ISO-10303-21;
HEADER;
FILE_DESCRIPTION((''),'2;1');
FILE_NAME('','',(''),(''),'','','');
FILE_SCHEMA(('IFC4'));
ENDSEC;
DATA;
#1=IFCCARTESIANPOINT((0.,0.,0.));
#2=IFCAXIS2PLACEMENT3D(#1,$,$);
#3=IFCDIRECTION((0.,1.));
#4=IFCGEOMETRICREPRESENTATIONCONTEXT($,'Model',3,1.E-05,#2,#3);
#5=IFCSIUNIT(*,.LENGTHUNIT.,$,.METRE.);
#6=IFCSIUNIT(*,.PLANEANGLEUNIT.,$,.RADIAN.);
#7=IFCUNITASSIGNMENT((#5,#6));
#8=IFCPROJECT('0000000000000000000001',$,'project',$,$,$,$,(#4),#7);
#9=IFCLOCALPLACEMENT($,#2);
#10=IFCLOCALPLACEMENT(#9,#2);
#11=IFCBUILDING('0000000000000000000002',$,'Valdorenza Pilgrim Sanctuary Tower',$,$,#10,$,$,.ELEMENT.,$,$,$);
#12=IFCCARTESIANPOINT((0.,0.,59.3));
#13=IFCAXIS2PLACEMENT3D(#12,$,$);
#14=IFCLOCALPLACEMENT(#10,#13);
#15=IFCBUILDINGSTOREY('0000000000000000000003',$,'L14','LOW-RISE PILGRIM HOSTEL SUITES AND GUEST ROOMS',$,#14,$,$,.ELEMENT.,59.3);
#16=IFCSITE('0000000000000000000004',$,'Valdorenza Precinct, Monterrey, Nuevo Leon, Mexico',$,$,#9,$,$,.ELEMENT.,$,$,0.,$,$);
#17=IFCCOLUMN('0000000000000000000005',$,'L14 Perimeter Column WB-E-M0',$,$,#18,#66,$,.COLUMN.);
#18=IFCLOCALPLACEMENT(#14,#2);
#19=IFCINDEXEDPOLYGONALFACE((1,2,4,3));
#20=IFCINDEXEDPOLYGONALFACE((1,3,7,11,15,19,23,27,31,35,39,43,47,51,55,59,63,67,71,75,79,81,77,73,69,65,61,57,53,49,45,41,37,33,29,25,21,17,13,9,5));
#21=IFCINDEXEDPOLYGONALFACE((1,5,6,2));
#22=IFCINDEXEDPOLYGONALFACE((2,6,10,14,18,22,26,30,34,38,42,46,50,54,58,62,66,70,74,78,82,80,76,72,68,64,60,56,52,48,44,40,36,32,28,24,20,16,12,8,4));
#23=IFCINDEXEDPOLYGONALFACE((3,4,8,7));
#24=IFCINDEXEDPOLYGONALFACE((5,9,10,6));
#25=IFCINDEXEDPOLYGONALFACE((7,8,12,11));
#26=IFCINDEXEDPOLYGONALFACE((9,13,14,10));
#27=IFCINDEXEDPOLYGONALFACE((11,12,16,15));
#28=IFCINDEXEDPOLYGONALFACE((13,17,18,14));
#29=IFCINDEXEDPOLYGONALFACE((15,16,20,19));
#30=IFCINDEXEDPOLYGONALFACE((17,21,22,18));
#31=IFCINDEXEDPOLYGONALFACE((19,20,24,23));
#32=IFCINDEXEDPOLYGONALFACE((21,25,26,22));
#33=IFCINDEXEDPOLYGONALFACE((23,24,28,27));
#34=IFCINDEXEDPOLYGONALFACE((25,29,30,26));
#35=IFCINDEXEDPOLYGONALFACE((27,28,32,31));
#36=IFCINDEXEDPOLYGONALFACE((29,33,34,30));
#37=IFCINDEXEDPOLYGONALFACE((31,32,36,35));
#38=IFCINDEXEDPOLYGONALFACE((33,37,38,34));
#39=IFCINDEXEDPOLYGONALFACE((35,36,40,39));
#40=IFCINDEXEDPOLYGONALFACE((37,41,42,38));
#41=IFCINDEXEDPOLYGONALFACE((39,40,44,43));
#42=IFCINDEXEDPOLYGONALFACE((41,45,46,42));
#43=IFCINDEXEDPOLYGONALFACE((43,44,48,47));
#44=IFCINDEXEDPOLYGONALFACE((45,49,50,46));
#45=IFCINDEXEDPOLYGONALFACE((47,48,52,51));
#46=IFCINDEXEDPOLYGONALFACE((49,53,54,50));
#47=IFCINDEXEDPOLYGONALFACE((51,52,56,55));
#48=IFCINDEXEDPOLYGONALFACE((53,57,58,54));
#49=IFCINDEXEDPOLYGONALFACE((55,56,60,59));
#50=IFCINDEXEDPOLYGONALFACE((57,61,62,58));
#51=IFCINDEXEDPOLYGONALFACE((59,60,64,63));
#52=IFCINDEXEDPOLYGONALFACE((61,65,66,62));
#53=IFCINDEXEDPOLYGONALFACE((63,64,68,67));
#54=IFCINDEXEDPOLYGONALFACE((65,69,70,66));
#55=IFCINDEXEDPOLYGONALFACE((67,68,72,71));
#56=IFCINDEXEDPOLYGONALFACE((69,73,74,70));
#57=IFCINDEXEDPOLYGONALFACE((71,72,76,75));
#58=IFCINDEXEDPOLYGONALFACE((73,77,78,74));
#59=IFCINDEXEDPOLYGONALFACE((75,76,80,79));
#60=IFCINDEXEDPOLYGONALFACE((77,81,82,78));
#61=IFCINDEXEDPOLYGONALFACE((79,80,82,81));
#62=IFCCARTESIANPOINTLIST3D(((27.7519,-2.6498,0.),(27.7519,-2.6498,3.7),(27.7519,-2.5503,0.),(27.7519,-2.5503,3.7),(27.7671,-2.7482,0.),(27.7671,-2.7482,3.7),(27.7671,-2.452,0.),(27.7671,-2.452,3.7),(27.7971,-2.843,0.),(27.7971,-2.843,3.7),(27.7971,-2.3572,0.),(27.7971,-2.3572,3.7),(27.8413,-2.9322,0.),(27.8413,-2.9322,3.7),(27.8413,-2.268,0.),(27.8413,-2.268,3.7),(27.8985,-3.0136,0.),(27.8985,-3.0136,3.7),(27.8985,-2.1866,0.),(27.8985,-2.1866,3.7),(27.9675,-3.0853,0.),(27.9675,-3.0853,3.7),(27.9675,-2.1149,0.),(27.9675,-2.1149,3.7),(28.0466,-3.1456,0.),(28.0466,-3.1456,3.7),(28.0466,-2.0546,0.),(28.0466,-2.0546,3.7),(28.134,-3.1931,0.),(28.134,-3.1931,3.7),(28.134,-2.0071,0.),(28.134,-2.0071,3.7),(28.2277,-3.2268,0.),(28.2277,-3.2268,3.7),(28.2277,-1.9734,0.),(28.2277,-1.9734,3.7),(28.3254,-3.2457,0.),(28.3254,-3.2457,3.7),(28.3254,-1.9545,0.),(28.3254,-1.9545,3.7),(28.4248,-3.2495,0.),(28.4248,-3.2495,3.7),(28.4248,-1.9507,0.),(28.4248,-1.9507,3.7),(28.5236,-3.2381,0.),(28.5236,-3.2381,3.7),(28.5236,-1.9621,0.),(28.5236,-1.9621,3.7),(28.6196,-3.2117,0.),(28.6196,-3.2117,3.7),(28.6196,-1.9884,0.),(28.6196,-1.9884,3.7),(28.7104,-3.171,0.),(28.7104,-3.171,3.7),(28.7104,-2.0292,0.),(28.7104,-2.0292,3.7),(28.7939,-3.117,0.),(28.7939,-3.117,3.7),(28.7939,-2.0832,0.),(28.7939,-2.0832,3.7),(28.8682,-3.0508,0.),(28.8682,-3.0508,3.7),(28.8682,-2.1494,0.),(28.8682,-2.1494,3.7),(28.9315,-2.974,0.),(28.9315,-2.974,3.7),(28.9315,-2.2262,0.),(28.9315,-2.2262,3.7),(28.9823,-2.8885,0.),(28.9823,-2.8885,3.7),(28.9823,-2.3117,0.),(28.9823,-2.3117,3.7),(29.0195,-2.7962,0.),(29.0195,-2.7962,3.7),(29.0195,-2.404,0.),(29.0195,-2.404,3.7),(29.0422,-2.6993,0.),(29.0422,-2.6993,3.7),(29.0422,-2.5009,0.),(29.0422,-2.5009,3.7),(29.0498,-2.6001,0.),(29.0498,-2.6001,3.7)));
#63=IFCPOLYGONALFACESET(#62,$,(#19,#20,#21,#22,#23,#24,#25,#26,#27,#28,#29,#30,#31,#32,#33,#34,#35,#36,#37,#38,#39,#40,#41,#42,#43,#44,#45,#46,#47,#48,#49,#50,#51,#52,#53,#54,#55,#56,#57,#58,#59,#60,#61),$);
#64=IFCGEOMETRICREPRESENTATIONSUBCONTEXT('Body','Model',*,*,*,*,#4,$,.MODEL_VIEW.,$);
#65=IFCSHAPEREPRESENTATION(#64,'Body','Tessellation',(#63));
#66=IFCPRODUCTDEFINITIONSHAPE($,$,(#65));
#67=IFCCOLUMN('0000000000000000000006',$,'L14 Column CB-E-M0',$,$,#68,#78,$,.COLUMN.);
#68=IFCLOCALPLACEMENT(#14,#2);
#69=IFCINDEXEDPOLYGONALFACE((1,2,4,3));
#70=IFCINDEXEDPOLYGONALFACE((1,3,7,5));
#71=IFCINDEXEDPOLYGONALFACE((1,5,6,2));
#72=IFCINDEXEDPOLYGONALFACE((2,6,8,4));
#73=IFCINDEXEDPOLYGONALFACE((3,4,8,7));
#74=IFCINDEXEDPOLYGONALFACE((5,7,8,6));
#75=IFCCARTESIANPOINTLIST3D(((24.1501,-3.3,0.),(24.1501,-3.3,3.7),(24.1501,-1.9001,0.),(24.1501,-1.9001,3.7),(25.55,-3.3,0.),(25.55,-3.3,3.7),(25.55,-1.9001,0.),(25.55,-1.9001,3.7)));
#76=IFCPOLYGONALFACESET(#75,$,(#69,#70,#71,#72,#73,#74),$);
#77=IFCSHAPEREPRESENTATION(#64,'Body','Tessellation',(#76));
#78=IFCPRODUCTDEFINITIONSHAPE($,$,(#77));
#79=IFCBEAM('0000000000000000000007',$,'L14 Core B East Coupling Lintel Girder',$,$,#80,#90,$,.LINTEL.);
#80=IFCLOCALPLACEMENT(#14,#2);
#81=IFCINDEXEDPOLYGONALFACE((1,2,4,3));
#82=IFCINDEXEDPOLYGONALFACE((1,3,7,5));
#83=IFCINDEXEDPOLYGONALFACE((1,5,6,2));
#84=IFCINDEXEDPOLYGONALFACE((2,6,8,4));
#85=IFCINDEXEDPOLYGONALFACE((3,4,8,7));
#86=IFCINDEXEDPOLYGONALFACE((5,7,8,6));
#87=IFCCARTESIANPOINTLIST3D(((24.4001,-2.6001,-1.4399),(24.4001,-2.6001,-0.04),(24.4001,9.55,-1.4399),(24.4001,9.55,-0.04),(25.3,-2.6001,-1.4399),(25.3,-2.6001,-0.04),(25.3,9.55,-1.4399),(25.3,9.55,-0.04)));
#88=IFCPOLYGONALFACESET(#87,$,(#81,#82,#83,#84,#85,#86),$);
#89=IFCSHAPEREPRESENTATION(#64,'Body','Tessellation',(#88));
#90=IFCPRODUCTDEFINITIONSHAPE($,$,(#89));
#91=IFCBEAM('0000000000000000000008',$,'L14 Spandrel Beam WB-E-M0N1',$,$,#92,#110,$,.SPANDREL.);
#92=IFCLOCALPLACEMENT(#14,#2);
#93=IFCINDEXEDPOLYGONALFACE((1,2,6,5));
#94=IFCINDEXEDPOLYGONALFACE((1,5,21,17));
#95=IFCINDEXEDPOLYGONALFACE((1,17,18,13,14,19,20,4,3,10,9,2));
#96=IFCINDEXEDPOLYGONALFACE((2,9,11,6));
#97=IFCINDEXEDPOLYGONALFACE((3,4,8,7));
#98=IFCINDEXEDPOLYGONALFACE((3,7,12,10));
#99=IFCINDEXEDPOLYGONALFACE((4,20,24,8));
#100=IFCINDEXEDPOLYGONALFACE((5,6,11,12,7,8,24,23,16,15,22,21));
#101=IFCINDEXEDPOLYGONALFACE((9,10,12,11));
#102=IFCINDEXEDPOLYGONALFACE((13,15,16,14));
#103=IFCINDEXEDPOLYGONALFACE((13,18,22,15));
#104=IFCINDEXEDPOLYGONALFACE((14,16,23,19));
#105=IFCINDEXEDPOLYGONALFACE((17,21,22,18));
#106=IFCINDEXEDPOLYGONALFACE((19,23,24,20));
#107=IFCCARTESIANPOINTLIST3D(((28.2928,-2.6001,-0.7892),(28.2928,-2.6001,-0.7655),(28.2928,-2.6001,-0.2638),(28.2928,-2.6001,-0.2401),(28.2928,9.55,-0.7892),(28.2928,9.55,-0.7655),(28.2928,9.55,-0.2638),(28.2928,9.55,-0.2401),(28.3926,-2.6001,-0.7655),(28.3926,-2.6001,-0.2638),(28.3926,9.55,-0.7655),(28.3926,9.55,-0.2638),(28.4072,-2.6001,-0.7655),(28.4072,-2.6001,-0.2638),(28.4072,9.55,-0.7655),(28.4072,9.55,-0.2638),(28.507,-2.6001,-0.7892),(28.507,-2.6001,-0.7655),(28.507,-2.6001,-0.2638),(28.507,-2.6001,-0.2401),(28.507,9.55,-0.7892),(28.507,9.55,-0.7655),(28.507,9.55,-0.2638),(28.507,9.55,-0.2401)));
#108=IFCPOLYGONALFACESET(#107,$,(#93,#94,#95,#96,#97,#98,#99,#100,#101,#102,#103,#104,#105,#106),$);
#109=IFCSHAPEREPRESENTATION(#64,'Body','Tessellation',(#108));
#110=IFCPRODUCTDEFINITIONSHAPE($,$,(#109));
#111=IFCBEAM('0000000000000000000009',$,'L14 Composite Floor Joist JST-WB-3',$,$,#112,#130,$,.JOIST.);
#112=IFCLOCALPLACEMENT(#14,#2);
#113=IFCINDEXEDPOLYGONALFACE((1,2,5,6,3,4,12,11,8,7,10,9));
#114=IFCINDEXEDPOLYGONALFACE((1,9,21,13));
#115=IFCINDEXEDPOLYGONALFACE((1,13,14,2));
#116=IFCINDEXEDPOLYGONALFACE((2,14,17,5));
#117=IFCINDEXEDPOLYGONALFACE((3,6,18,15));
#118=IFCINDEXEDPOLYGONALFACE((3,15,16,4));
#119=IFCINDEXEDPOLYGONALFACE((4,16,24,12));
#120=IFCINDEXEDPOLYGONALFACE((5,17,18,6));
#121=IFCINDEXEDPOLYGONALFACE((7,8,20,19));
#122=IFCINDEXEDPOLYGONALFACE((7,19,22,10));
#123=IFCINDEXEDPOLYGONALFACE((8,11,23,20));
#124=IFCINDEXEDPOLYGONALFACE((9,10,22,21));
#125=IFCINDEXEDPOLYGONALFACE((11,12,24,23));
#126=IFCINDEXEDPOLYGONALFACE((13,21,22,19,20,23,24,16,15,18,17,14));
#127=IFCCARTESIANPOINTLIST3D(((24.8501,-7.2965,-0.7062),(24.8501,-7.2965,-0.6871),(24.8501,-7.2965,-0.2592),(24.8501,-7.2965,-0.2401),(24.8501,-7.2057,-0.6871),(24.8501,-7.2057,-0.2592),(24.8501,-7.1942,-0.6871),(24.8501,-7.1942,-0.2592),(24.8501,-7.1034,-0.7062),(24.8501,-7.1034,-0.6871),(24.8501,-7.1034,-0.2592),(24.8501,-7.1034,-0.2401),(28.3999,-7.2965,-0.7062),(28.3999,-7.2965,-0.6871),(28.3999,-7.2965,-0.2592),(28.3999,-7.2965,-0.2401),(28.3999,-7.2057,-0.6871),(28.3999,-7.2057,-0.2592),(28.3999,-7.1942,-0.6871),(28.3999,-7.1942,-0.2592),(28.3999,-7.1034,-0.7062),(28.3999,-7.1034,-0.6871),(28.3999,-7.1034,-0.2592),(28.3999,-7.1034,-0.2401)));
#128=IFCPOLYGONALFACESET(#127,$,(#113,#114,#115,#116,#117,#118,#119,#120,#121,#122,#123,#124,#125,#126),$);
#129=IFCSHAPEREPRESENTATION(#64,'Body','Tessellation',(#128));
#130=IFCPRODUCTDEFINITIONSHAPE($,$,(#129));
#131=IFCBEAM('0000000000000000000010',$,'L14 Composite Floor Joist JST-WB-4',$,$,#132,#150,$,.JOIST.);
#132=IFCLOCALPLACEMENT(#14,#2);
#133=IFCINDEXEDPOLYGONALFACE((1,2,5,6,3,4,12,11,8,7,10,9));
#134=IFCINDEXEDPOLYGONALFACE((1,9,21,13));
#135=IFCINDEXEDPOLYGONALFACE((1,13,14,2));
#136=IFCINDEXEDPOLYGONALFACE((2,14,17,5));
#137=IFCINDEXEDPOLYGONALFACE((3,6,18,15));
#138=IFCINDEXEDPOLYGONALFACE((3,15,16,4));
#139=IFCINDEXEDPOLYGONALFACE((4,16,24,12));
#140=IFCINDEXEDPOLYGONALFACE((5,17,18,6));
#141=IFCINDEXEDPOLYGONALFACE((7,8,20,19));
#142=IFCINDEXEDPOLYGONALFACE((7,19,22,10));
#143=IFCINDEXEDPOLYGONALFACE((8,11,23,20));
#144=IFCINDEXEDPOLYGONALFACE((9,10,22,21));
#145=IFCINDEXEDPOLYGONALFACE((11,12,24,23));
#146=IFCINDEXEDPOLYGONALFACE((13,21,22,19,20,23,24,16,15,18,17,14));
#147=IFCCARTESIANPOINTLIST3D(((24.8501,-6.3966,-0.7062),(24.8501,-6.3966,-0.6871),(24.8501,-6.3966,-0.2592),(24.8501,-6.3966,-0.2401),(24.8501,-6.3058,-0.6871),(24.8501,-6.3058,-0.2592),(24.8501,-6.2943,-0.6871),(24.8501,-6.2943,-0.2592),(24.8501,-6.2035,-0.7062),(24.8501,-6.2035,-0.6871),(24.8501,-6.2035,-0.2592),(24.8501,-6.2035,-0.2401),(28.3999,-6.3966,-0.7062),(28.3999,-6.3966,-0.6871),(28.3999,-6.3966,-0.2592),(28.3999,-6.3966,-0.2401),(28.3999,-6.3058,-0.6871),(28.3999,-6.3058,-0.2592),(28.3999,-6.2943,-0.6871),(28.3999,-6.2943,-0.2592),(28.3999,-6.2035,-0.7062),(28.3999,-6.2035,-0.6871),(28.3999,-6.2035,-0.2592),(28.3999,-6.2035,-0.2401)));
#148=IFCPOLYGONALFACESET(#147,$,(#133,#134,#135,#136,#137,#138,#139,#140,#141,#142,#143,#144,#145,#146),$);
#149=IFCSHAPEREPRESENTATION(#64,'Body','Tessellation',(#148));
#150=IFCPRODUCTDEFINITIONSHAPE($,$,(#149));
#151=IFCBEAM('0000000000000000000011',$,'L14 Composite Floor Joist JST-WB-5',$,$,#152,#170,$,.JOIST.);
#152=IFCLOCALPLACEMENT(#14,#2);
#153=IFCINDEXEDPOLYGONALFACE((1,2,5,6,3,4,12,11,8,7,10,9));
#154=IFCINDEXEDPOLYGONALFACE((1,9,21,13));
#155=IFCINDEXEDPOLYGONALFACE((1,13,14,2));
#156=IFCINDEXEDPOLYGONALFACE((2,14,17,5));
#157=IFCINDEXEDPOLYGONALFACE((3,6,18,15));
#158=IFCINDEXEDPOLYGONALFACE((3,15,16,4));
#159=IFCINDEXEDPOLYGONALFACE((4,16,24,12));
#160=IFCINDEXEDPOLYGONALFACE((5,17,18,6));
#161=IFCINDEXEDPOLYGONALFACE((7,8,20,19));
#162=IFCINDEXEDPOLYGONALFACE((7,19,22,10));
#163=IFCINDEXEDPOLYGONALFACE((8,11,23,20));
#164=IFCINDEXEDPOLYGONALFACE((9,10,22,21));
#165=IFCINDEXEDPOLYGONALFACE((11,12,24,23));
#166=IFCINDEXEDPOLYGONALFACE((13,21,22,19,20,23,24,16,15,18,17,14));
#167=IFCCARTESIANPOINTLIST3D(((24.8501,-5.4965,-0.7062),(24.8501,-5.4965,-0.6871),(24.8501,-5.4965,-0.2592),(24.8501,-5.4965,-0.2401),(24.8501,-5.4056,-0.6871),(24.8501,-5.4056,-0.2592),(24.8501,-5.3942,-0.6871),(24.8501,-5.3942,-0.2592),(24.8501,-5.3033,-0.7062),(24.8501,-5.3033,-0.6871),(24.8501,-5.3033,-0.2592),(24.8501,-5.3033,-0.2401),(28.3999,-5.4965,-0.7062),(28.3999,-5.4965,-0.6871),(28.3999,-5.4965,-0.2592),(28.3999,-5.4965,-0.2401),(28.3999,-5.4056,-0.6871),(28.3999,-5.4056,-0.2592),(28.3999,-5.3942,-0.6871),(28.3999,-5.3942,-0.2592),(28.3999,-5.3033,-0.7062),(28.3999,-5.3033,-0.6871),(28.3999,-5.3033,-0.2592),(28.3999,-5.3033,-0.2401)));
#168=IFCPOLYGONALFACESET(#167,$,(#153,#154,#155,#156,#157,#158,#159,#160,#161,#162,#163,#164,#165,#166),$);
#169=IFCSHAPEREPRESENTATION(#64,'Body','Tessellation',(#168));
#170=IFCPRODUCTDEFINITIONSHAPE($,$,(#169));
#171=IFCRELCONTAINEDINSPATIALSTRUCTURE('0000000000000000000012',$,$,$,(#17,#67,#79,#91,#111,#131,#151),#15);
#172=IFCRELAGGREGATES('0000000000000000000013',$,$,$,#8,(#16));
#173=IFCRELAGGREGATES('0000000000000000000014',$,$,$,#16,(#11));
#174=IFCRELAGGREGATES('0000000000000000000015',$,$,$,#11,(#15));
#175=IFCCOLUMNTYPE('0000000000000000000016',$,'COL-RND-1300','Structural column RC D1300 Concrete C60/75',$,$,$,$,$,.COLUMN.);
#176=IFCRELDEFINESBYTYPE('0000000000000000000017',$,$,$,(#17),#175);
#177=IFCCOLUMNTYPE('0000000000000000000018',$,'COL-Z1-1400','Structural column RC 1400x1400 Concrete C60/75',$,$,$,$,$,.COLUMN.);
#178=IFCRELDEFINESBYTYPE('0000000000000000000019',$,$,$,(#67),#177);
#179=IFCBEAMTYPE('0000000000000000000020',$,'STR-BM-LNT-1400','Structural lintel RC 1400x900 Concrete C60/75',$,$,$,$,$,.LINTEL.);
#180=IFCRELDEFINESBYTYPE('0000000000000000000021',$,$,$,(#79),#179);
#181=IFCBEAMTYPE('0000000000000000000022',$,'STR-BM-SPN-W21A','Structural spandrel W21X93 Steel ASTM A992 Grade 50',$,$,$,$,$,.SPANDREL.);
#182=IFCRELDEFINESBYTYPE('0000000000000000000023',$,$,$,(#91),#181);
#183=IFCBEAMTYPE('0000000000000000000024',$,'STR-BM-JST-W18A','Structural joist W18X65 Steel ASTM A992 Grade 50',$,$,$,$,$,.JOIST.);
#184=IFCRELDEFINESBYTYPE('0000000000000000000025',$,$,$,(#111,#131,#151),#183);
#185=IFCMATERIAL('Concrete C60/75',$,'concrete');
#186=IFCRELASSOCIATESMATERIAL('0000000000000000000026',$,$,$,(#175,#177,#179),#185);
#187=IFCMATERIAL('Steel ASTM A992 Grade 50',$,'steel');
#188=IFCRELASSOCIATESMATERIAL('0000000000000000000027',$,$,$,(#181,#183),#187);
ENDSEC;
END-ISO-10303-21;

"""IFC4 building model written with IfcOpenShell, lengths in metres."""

from ifc_helpers import new_model, si_unit, direction, frame, origin, origin_2d, place, context, subcontext, project, spatial, rectangle, circle, i_section, extrude, source, transform, mapped, material, material_profile, profile_set, type_object, element, save


model = new_model("IFC4")

# Units and contexts
model_context = context("Model", 3, precision=1e-05, world=origin(), true_north=direction((0.0, 1.0)))
body_context = subcontext(model_context, "Body", "Model", "MODEL_VIEW")
ifc_project = project(units=[si_unit("LENGTHUNIT", "METRE"), si_unit("PLANEANGLEUNIT", "RADIAN")], contexts=[model_context])

# Site, building, storey
site_placement = place(None, origin())
site = spatial("IfcSite", under=ifc_project, at=site_placement, Name="Valdorenza Precinct, Monterrey, Nuevo Leon, Mexico", CompositionType="ELEMENT", RefElevation=0.0)
building_placement = place(site_placement, origin())
building = spatial("IfcBuilding", under=site, at=building_placement, Name="Valdorenza Pilgrim Sanctuary Tower", CompositionType="ELEMENT")
storey_placement = place(building_placement, frame((0.0, 0.0, 59.3)))
storey = spatial("IfcBuildingStorey", under=building, at=storey_placement, Name="L14", Description="LOW-RISE PILGRIM HOSTEL SUITES AND GUEST ROOMS", CompositionType="ELEMENT", Elevation=59.3)

# Columns
ifc_material_1 = material(Name="Concrete C60/75", Category="concrete")
ifc_material_profile_1 = material_profile(ifc_material_1, circle(Radius=0.6499, at=origin_2d()), Name="RC D1300")
ifc_profile_set_1 = profile_set([ifc_material_profile_1], Name="Concrete C60/75")
column_type_1 = type_object("IfcColumnType", Name="COL-RND-1300", Description="Structural column RC D1300 Concrete C60/75", PredefinedType="COLUMN", material=ifc_profile_set_1)
shared_shape_1 = source(origin(), body_context, "Body", "SweptSolid", [
    extrude(circle(Radius=0.6499, at=origin_2d()), origin(), (0.0, 0.0, 1.0), 3.7),
])
column_1_placement = place(storey_placement, frame((28.3999, -2.6001, 0.0), z_axis=(0.0, 0.0, 1.0), x_axis=(1.0, 0.0, 0.0)))
element("IfcColumn", 1, at=column_1_placement, inside=storey, type_object=column_type_1, Name="L14 Perimeter Column WB-E-M0", PredefinedType="COLUMN", context=body_context, shape_type="MappedRepresentation", body=[
    mapped(shared_shape_1, transform((0.0, 0.0, 0.0), x_axis=(1.0, 0.0, 0.0), y_axis=(0.0, 1.0, 0.0), z_axis=(0.0, 0.0, 1.0), scale=1.0)),
])
ifc_material_profile_2 = material_profile(ifc_material_1, rectangle(XDim=1.3999, YDim=1.3999, at=origin_2d()), Name="RC 1400x1400")
ifc_profile_set_2 = profile_set([ifc_material_profile_2], Name="Concrete C60/75")
column_type_2 = type_object("IfcColumnType", Name="COL-Z1-1400", Description="Structural column RC 1400x1400 Concrete C60/75", PredefinedType="COLUMN", material=ifc_profile_set_2)
shared_shape_2 = source(origin(), body_context, "Body", "SweptSolid", [
    extrude(rectangle(XDim=1.3999, YDim=1.3999, at=origin_2d()), origin(), (0.0, 0.0, 1.0), 3.7),
])
column_2_placement = place(storey_placement, frame((24.8501, -2.6001, 0.0), z_axis=(0.0, 0.0, 1.0), x_axis=(1.0, 0.0, 0.0)))
element("IfcColumn", 2, at=column_2_placement, inside=storey, type_object=column_type_2, Name="L14 Column CB-E-M0", PredefinedType="COLUMN", context=body_context, shape_type="MappedRepresentation", body=[
    mapped(shared_shape_2, transform((0.0, 0.0, 0.0), x_axis=(1.0, 0.0, 0.0), y_axis=(0.0, 1.0, 0.0), z_axis=(0.0, 0.0, 1.0), scale=1.0)),
])

# Beams
ifc_material_profile_3 = material_profile(ifc_material_1, rectangle(XDim=0.8999, YDim=1.3999, at=origin_2d()), Name="RC 1400x900")
ifc_profile_set_3 = profile_set([ifc_material_profile_3], Name="Concrete C60/75")
beam_type_1 = type_object("IfcBeamType", Name="STR-BM-LNT-1400", Description="Structural lintel RC 1400x900 Concrete C60/75", PredefinedType="LINTEL", material=ifc_profile_set_3)
shared_shape_3 = source(origin(), body_context, "Body", "SweptSolid", [
    extrude(rectangle(XDim=0.8999, YDim=1.3999, at=origin_2d()), origin(), (0.0, 0.0, 1.0), 12.1501),
])
beam_1_placement = place(storey_placement, frame((24.8501, -2.6001, -0.74), z_axis=(0.0, 1.0, 0.0), x_axis=(-1.0, 0.0, 0.0)))
element("IfcBeam", 3, at=beam_1_placement, inside=storey, type_object=beam_type_1, Name="L14 Core B East Coupling Lintel Girder", PredefinedType="LINTEL", context=body_context, shape_type="MappedRepresentation", body=[
    mapped(shared_shape_3, transform((0.0, 0.0, 0.0), x_axis=(1.0, 0.0, 0.0), y_axis=(0.0, 1.0, 0.0), z_axis=(0.0, 0.0, 1.0), scale=1.0)),
])
ifc_material_2 = material(Name="Steel ASTM A992 Grade 50", Category="steel")
ifc_material_profile_4 = material_profile(ifc_material_2, i_section(OverallWidth=0.2141, OverallDepth=0.5491, WebThickness=0.0146, FlangeThickness=0.0237, at=origin_2d()), Name="W21X93")
ifc_profile_set_4 = profile_set([ifc_material_profile_4], Name="Steel ASTM A992 Grade 50")
beam_type_2 = type_object("IfcBeamType", Name="STR-BM-SPN-W21A", Description="Structural spandrel W21X93 Steel ASTM A992 Grade 50", PredefinedType="SPANDREL", material=ifc_profile_set_4)
shared_shape_4 = source(origin(), body_context, "Body", "SweptSolid", [
    extrude(i_section(OverallWidth=0.2141, OverallDepth=0.5491, WebThickness=0.0146, FlangeThickness=0.0237, at=origin_2d()), origin(), (0.0, 0.0, 1.0), 12.1501),
])
beam_2_placement = place(storey_placement, frame((28.3999, -2.6001, -0.5146), z_axis=(0.0, 1.0, 0.0), x_axis=(-1.0, 0.0, 0.0)))
element("IfcBeam", 4, at=beam_2_placement, inside=storey, type_object=beam_type_2, Name="L14 Spandrel Beam WB-E-M0N1", PredefinedType="SPANDREL", context=body_context, shape_type="MappedRepresentation", body=[
    mapped(shared_shape_4, transform((0.0, 0.0, 0.0), x_axis=(1.0, 0.0, 0.0), y_axis=(0.0, 1.0, 0.0), z_axis=(0.0, 0.0, 1.0), scale=1.0)),
])
ifc_material_profile_5 = material_profile(ifc_material_2, i_section(OverallWidth=0.1931, OverallDepth=0.4661, WebThickness=0.0115, FlangeThickness=0.019, at=origin_2d()), Name="W18X65")
ifc_profile_set_5 = profile_set([ifc_material_profile_5], Name="Steel ASTM A992 Grade 50")
beam_type_3 = type_object("IfcBeamType", Name="STR-BM-JST-W18A", Description="Structural joist W18X65 Steel ASTM A992 Grade 50", PredefinedType="JOIST", material=ifc_profile_set_5)
shared_shape_5 = source(origin(), body_context, "Body", "SweptSolid", [
    extrude(i_section(OverallWidth=0.1931, OverallDepth=0.4661, WebThickness=0.0115, FlangeThickness=0.019, at=origin_2d()), origin(), (0.0, 0.0, 1.0), 3.5498),
])
for number, where, z_axis, x_axis, name in (
    (5, (24.8501, -7.2, -0.4731), (1.0, 0.0, 0.0), (0.0, 1.0, 0.0), "L14 Composite Floor Joist JST-WB-3"),
    (6, (24.8501, -6.3, -0.4731), (1.0, 0.0, 0.0), (0.0, 1.0, 0.0), "L14 Composite Floor Joist JST-WB-4"),
    (7, (24.8501, -5.3999, -0.4731), (1.0, 0.0, 0.0), (0.0, 1.0, 0.0), "L14 Composite Floor Joist JST-WB-5"),
):
    element("IfcBeam", number, at=place(storey_placement, frame(where, z_axis=z_axis, x_axis=x_axis)), inside=storey, type_object=beam_type_3, Name=name, PredefinedType="JOIST", context=body_context, shape_type="MappedRepresentation", body=[
        mapped(shared_shape_5, transform((0.0, 0.0, 0.0), x_axis=(1.0, 0.0, 0.0), y_axis=(0.0, 1.0, 0.0), z_axis=(0.0, 0.0, 1.0), scale=1.0)),
    ])

save(model, "model.ifc")
